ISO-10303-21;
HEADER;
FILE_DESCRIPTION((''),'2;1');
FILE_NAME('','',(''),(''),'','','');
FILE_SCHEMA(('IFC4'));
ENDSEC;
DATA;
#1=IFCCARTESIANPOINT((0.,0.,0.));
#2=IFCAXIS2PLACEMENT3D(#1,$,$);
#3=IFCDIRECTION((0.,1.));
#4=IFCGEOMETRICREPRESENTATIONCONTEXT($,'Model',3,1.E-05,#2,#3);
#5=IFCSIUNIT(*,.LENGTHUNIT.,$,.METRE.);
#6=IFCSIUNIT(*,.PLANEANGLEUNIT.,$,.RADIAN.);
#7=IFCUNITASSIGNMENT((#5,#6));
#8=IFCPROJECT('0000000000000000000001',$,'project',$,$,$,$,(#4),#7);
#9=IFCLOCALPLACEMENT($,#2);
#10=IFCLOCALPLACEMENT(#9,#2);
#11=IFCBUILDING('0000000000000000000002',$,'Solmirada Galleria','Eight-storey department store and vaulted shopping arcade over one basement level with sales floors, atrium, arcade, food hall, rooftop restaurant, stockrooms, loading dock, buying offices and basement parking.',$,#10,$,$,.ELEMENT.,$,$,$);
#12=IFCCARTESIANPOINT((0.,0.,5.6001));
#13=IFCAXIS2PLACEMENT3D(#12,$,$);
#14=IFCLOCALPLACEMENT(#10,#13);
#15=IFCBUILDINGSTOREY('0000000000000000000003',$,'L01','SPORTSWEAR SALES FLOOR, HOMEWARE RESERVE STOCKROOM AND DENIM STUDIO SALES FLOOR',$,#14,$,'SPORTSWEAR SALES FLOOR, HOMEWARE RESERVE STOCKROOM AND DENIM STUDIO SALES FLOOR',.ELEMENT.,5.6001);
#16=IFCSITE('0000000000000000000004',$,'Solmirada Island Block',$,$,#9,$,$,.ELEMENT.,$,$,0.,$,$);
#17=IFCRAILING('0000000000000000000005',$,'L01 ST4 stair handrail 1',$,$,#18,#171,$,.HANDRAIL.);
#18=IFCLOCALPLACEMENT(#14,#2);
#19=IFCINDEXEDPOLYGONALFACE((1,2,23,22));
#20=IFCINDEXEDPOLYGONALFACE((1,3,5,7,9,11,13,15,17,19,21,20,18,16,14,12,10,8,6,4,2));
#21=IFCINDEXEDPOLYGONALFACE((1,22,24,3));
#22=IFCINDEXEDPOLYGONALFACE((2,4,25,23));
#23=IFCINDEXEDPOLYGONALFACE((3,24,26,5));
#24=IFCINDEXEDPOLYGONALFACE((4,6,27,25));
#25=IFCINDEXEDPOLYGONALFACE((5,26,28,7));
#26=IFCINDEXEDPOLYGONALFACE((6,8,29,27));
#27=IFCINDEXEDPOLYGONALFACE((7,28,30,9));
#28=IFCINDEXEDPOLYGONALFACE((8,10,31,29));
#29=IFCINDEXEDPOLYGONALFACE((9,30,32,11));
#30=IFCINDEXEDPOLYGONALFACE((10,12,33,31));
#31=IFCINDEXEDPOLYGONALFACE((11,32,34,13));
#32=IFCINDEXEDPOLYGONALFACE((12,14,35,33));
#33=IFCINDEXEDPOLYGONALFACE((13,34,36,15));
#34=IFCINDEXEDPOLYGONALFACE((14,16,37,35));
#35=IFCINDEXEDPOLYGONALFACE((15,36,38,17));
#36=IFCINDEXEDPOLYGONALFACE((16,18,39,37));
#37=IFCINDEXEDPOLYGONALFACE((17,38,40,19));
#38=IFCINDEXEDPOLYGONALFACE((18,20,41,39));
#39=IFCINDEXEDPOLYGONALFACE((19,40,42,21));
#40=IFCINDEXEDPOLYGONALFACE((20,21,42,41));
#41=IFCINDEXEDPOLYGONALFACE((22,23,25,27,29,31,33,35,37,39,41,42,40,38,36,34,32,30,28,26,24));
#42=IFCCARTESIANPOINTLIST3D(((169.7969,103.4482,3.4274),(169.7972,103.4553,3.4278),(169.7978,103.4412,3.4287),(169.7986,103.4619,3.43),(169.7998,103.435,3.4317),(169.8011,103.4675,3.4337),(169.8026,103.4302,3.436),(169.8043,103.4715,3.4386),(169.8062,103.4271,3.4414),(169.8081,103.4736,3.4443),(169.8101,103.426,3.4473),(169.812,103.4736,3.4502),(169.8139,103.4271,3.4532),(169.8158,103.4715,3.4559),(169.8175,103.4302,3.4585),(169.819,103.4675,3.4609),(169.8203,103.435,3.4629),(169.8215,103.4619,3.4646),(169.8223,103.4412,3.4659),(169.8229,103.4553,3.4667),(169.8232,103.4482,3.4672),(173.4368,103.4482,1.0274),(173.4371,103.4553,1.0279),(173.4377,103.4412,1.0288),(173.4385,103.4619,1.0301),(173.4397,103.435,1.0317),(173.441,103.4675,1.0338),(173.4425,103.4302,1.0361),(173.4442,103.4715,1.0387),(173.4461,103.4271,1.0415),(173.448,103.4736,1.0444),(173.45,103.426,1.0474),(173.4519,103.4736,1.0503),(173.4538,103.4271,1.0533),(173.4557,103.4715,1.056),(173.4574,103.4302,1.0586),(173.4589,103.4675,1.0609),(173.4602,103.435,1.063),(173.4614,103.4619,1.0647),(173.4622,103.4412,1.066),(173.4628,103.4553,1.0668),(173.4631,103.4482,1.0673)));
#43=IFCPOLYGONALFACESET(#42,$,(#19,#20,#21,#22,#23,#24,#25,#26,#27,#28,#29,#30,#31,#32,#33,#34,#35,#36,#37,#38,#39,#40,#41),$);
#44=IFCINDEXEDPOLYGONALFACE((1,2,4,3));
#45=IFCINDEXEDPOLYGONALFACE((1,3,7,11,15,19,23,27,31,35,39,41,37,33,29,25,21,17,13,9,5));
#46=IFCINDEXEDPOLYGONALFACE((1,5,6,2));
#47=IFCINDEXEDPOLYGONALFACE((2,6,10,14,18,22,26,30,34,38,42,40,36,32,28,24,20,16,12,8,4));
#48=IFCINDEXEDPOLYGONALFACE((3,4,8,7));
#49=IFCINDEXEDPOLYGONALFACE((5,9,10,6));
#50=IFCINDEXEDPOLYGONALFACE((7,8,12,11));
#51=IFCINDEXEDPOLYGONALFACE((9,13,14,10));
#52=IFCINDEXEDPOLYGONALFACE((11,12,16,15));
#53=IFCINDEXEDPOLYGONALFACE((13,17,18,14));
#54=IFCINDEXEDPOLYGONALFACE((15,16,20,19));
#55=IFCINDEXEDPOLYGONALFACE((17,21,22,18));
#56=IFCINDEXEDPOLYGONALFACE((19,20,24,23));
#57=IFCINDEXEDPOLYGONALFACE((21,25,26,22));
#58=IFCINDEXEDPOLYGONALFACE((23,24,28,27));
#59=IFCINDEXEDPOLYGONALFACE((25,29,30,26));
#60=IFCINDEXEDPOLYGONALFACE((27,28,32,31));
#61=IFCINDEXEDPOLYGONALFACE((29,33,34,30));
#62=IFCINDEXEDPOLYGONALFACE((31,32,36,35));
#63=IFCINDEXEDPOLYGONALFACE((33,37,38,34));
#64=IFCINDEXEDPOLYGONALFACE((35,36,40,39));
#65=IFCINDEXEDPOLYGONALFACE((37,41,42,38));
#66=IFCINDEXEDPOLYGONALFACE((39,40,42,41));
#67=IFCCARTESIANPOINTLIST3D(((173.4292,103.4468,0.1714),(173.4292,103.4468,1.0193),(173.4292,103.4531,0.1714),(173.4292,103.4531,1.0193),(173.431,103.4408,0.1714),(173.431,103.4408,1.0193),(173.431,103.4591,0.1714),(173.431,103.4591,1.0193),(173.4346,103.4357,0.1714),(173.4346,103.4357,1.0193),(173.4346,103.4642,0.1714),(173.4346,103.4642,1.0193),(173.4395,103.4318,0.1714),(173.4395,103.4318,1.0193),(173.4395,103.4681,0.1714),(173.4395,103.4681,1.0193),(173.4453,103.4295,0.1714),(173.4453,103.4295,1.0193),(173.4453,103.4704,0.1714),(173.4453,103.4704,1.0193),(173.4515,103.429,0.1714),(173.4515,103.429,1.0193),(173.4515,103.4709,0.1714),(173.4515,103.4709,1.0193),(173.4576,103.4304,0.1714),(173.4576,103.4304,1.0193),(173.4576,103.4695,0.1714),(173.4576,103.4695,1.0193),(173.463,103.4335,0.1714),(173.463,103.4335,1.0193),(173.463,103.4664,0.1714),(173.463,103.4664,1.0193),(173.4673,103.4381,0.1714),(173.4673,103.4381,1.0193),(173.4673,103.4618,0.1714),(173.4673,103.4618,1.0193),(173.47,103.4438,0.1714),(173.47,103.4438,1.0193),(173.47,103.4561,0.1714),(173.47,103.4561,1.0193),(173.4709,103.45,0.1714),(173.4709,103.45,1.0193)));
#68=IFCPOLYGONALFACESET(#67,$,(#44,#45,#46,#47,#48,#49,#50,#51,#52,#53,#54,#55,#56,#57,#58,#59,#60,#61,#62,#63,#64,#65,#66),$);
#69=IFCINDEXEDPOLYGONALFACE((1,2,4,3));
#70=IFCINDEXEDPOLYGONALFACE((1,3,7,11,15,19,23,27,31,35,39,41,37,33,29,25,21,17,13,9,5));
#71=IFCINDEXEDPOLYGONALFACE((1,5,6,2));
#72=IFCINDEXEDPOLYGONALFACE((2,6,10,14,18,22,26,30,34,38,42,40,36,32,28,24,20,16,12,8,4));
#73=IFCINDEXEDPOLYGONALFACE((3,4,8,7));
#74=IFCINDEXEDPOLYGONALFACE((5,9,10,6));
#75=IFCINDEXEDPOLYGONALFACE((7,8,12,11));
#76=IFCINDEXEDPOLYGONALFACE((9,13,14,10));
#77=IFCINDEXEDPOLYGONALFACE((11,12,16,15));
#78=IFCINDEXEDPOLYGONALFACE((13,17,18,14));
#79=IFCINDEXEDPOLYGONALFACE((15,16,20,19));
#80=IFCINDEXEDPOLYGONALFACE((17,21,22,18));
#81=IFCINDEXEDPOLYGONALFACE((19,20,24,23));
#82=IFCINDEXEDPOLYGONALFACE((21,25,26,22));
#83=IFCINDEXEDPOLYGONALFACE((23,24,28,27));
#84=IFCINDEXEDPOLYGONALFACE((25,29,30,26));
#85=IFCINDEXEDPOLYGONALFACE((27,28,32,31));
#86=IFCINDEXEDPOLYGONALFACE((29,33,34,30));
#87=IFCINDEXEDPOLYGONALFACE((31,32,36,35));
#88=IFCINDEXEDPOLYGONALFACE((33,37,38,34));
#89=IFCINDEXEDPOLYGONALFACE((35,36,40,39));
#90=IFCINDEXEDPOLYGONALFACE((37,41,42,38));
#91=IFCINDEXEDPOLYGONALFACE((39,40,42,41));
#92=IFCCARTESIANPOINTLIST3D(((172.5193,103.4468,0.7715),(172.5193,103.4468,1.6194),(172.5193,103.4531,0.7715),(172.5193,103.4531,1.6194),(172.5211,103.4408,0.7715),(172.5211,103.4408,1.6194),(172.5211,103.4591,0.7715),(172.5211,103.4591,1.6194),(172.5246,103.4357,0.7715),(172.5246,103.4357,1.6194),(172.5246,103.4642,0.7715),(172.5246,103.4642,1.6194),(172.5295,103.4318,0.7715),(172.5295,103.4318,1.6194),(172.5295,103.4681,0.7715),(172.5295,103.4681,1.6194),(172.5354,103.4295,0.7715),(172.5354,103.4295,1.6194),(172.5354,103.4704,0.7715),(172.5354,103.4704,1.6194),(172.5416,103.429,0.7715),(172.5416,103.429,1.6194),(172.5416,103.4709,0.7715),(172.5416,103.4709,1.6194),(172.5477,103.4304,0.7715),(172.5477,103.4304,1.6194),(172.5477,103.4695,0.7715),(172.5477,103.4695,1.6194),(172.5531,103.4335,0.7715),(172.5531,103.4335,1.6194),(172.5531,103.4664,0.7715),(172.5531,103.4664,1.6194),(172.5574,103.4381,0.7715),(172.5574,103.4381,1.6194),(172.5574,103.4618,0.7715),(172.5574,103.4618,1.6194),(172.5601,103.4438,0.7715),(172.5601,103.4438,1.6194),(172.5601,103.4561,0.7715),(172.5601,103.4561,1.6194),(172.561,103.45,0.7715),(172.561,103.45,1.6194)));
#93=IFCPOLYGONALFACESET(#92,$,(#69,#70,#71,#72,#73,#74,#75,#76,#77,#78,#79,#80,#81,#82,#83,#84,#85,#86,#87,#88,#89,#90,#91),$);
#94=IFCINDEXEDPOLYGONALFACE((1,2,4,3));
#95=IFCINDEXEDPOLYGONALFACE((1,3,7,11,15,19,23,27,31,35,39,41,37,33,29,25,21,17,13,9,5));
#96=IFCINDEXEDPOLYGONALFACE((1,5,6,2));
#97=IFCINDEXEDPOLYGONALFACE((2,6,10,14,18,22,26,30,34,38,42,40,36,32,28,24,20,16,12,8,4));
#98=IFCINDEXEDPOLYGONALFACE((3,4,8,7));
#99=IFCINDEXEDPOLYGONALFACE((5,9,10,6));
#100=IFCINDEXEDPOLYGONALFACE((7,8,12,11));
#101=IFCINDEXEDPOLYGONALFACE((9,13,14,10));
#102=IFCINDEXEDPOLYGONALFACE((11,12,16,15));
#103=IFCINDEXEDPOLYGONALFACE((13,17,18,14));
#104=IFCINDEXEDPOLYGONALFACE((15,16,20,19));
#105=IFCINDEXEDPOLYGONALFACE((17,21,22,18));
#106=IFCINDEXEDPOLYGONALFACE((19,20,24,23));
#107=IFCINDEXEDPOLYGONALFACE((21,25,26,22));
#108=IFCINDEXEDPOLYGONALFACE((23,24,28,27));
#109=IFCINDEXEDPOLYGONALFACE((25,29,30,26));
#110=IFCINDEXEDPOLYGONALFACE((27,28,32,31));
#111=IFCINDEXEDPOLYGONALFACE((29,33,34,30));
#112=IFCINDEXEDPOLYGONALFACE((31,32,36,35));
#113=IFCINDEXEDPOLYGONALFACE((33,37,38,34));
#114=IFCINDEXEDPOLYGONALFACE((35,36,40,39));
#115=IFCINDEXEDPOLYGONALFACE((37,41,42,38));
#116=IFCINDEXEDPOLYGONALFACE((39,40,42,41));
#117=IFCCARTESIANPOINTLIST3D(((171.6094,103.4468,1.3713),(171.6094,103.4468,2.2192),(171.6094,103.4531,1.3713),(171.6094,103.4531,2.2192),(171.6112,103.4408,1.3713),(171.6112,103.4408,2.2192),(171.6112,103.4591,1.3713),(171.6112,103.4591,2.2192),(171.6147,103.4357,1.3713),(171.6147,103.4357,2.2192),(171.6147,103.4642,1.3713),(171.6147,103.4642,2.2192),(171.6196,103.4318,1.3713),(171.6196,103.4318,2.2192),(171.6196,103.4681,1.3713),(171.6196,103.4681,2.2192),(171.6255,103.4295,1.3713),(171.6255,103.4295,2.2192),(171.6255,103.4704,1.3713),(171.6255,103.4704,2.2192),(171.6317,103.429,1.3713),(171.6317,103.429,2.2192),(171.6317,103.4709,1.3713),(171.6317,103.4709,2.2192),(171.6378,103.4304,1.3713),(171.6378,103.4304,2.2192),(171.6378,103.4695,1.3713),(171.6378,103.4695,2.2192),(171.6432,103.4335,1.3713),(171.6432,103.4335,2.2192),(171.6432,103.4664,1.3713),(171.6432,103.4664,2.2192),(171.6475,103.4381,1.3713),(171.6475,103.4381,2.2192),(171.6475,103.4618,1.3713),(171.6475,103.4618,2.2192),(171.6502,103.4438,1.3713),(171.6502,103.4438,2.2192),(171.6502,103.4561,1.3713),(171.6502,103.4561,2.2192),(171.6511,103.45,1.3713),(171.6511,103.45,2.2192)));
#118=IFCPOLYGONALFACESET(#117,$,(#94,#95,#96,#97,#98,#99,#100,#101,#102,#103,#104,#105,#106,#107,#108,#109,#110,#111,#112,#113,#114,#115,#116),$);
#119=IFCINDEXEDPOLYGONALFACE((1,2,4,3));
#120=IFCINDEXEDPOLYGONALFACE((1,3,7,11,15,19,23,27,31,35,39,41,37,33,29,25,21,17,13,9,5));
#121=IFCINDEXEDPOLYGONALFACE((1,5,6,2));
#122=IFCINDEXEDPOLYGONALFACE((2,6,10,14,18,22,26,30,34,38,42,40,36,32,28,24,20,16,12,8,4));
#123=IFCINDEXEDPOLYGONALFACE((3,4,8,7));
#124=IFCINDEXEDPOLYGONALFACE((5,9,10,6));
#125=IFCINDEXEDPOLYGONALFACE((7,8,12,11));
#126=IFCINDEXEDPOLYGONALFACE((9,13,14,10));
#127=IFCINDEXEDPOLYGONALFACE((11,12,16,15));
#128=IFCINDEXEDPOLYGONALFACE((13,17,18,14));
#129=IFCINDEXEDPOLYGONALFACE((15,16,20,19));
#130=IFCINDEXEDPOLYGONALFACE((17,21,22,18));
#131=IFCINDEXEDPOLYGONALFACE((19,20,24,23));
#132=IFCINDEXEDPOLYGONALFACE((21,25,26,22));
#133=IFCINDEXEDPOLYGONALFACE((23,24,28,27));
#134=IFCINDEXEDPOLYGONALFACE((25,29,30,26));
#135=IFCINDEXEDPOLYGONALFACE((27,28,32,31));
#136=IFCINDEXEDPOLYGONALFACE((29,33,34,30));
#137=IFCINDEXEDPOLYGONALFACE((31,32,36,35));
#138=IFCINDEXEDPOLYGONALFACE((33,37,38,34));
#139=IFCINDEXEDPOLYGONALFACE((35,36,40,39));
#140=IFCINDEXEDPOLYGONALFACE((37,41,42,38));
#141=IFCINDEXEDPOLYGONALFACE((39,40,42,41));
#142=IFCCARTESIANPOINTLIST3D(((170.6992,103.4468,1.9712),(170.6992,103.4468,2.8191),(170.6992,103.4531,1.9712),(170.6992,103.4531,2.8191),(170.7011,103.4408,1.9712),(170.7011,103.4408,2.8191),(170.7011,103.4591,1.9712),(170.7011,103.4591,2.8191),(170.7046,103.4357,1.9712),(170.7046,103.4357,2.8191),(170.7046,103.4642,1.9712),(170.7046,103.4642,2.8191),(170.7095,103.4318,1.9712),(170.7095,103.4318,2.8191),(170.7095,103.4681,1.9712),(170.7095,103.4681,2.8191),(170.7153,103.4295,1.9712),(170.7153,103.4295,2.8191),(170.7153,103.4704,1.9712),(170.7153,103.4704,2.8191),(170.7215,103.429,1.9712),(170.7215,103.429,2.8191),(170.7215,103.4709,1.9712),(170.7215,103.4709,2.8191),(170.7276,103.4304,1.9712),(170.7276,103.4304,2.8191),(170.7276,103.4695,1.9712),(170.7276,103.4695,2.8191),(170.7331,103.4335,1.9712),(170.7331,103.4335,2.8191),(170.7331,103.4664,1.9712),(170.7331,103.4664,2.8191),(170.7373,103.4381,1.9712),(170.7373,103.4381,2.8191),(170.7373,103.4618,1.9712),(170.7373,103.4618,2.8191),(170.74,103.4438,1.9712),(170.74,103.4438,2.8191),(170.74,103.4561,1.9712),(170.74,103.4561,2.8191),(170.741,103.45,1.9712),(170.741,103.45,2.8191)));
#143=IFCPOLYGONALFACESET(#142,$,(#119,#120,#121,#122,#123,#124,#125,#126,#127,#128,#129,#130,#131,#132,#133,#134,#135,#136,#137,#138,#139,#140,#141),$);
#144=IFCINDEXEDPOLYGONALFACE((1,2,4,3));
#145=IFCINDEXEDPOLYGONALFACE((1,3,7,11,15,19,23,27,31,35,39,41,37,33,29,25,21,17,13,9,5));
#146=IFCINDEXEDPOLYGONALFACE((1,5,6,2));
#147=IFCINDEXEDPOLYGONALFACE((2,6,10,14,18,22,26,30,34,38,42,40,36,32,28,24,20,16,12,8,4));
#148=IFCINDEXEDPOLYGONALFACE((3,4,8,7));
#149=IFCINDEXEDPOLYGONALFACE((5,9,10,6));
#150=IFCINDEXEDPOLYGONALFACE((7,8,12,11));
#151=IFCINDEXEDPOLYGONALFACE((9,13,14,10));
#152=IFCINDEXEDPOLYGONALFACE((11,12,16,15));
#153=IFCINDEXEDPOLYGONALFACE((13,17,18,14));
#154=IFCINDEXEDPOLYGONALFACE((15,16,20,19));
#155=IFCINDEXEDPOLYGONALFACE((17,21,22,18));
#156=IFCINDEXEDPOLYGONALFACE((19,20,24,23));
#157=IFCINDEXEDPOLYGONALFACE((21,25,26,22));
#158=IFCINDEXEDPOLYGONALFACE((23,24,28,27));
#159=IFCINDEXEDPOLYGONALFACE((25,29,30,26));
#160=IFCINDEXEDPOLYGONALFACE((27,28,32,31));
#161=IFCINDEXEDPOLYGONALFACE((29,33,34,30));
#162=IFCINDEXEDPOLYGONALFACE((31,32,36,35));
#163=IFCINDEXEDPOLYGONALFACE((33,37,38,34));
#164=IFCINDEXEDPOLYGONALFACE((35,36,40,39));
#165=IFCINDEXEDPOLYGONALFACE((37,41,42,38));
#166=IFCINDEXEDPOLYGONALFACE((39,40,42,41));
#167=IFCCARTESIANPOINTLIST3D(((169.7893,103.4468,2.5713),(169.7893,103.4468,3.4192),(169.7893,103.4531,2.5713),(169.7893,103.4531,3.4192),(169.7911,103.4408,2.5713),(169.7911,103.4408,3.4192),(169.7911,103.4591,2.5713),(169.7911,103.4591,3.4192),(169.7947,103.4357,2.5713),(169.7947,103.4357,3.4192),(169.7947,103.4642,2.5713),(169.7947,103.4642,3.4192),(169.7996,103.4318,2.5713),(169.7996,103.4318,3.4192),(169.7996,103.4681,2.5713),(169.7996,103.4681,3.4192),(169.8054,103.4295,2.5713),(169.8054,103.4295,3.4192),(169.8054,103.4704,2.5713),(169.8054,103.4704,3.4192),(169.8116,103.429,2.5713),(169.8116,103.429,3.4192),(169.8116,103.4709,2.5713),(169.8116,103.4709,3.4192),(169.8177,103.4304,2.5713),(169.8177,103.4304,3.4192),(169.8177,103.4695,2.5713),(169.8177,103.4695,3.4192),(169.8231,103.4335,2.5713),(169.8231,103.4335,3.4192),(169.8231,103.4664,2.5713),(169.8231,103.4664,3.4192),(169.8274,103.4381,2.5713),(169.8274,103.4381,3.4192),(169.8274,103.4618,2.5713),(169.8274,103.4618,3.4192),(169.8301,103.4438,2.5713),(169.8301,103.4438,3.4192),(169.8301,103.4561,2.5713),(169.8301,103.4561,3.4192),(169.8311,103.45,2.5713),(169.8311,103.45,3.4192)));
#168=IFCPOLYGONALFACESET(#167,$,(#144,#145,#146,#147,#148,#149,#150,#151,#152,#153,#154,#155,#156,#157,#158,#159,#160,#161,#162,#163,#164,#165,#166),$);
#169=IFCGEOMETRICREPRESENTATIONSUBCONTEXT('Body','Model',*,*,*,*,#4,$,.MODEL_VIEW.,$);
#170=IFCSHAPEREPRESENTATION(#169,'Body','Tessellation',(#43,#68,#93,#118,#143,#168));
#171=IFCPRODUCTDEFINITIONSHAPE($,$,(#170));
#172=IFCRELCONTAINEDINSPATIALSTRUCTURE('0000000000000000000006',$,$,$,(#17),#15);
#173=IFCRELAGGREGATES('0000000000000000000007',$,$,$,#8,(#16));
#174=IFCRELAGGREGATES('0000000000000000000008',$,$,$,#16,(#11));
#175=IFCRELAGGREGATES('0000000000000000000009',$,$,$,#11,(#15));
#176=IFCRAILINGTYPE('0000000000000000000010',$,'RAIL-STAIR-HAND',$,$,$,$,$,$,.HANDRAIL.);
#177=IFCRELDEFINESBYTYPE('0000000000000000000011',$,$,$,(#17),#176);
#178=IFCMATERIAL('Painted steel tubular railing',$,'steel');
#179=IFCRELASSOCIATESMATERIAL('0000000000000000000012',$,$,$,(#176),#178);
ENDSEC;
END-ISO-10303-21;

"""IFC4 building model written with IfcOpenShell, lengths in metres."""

from ifc_helpers import new_model, si_unit, direction, frame, origin, origin_2d, place, context, subcontext, project, spatial, circle, extrude, material, type_object, element, save


model = new_model("IFC4")

# Units and contexts
model_context = context("Model", 3, precision=1e-05, world=origin(), true_north=direction((0.0, 1.0)))
body_context = subcontext(model_context, "Body", "Model", "MODEL_VIEW")
ifc_project = project(units=[si_unit("LENGTHUNIT", "METRE"), si_unit("PLANEANGLEUNIT", "RADIAN")], contexts=[model_context])

# Site, building, storey
site_placement = place(None, origin())
site = spatial("IfcSite", under=ifc_project, at=site_placement, Name="Solmirada Island Block", CompositionType="ELEMENT", RefElevation=0.0)
building_placement = place(site_placement, origin())
building = spatial("IfcBuilding", under=site, at=building_placement, Name="Solmirada Galleria", Description="Eight-storey department store and vaulted shopping arcade over one basement level with sales floors, atrium, arcade, food hall, rooftop restaurant, stockrooms, loading dock, buying offices and basement parking.", CompositionType="ELEMENT")
storey_placement = place(building_placement, frame((0.0, 0.0, 5.6001)))
storey = spatial("IfcBuildingStorey", under=building, at=storey_placement, Name="L01", Description="SPORTSWEAR SALES FLOOR, HOMEWARE RESERVE STOCKROOM AND DENIM STUDIO SALES FLOOR", LongName="SPORTSWEAR SALES FLOOR, HOMEWARE RESERVE STOCKROOM AND DENIM STUDIO SALES FLOOR", CompositionType="ELEMENT", Elevation=5.6001)

# Railing
ifc_material_1 = material(Name="Painted steel tubular railing", Category="steel")
railing_type_1 = type_object("IfcRailingType", Name="RAIL-STAIR-HAND", PredefinedType="HANDRAIL", material=ifc_material_1)
railing_1_placement = place(storey_placement, frame((173.45, 103.45, 0.1714)))
element("IfcRailing", 1, at=railing_1_placement, inside=storey, type_object=railing_type_1, Name="L01 ST4 stair handrail 1", PredefinedType="HANDRAIL", context=body_context, shape_type="SweptSolid", body=[
    extrude(circle(Radius=0.0239, at=origin_2d()), frame((0.0, 0.0, 0.876), z_axis=(-0.834865, 0.0, 0.550454), x_axis=(0.0, -1.0, 0.0)), (0.0, 0.0, 1.0), 4.3599),
    extrude(circle(Radius=0.021, at=origin_2d()), origin(), (0.0, 0.0, 1.0), 0.8479),
    extrude(circle(Radius=0.021, at=origin_2d()), frame((-0.9099, 0.0, 0.6001)), (0.0, 0.0, 1.0), 0.8479),
    extrude(circle(Radius=0.021, at=origin_2d()), frame((-1.8198, 0.0, 1.2)), (0.0, 0.0, 1.0), 0.8479),
    extrude(circle(Radius=0.021, at=origin_2d()), frame((-2.73, 0.0, 1.7998)), (0.0, 0.0, 1.0), 0.8479),
    extrude(circle(Radius=0.021, at=origin_2d()), frame((-3.6399, 0.0, 2.3999)), (0.0, 0.0, 1.0), 0.8479),
])

save(model, "model.ifc")
